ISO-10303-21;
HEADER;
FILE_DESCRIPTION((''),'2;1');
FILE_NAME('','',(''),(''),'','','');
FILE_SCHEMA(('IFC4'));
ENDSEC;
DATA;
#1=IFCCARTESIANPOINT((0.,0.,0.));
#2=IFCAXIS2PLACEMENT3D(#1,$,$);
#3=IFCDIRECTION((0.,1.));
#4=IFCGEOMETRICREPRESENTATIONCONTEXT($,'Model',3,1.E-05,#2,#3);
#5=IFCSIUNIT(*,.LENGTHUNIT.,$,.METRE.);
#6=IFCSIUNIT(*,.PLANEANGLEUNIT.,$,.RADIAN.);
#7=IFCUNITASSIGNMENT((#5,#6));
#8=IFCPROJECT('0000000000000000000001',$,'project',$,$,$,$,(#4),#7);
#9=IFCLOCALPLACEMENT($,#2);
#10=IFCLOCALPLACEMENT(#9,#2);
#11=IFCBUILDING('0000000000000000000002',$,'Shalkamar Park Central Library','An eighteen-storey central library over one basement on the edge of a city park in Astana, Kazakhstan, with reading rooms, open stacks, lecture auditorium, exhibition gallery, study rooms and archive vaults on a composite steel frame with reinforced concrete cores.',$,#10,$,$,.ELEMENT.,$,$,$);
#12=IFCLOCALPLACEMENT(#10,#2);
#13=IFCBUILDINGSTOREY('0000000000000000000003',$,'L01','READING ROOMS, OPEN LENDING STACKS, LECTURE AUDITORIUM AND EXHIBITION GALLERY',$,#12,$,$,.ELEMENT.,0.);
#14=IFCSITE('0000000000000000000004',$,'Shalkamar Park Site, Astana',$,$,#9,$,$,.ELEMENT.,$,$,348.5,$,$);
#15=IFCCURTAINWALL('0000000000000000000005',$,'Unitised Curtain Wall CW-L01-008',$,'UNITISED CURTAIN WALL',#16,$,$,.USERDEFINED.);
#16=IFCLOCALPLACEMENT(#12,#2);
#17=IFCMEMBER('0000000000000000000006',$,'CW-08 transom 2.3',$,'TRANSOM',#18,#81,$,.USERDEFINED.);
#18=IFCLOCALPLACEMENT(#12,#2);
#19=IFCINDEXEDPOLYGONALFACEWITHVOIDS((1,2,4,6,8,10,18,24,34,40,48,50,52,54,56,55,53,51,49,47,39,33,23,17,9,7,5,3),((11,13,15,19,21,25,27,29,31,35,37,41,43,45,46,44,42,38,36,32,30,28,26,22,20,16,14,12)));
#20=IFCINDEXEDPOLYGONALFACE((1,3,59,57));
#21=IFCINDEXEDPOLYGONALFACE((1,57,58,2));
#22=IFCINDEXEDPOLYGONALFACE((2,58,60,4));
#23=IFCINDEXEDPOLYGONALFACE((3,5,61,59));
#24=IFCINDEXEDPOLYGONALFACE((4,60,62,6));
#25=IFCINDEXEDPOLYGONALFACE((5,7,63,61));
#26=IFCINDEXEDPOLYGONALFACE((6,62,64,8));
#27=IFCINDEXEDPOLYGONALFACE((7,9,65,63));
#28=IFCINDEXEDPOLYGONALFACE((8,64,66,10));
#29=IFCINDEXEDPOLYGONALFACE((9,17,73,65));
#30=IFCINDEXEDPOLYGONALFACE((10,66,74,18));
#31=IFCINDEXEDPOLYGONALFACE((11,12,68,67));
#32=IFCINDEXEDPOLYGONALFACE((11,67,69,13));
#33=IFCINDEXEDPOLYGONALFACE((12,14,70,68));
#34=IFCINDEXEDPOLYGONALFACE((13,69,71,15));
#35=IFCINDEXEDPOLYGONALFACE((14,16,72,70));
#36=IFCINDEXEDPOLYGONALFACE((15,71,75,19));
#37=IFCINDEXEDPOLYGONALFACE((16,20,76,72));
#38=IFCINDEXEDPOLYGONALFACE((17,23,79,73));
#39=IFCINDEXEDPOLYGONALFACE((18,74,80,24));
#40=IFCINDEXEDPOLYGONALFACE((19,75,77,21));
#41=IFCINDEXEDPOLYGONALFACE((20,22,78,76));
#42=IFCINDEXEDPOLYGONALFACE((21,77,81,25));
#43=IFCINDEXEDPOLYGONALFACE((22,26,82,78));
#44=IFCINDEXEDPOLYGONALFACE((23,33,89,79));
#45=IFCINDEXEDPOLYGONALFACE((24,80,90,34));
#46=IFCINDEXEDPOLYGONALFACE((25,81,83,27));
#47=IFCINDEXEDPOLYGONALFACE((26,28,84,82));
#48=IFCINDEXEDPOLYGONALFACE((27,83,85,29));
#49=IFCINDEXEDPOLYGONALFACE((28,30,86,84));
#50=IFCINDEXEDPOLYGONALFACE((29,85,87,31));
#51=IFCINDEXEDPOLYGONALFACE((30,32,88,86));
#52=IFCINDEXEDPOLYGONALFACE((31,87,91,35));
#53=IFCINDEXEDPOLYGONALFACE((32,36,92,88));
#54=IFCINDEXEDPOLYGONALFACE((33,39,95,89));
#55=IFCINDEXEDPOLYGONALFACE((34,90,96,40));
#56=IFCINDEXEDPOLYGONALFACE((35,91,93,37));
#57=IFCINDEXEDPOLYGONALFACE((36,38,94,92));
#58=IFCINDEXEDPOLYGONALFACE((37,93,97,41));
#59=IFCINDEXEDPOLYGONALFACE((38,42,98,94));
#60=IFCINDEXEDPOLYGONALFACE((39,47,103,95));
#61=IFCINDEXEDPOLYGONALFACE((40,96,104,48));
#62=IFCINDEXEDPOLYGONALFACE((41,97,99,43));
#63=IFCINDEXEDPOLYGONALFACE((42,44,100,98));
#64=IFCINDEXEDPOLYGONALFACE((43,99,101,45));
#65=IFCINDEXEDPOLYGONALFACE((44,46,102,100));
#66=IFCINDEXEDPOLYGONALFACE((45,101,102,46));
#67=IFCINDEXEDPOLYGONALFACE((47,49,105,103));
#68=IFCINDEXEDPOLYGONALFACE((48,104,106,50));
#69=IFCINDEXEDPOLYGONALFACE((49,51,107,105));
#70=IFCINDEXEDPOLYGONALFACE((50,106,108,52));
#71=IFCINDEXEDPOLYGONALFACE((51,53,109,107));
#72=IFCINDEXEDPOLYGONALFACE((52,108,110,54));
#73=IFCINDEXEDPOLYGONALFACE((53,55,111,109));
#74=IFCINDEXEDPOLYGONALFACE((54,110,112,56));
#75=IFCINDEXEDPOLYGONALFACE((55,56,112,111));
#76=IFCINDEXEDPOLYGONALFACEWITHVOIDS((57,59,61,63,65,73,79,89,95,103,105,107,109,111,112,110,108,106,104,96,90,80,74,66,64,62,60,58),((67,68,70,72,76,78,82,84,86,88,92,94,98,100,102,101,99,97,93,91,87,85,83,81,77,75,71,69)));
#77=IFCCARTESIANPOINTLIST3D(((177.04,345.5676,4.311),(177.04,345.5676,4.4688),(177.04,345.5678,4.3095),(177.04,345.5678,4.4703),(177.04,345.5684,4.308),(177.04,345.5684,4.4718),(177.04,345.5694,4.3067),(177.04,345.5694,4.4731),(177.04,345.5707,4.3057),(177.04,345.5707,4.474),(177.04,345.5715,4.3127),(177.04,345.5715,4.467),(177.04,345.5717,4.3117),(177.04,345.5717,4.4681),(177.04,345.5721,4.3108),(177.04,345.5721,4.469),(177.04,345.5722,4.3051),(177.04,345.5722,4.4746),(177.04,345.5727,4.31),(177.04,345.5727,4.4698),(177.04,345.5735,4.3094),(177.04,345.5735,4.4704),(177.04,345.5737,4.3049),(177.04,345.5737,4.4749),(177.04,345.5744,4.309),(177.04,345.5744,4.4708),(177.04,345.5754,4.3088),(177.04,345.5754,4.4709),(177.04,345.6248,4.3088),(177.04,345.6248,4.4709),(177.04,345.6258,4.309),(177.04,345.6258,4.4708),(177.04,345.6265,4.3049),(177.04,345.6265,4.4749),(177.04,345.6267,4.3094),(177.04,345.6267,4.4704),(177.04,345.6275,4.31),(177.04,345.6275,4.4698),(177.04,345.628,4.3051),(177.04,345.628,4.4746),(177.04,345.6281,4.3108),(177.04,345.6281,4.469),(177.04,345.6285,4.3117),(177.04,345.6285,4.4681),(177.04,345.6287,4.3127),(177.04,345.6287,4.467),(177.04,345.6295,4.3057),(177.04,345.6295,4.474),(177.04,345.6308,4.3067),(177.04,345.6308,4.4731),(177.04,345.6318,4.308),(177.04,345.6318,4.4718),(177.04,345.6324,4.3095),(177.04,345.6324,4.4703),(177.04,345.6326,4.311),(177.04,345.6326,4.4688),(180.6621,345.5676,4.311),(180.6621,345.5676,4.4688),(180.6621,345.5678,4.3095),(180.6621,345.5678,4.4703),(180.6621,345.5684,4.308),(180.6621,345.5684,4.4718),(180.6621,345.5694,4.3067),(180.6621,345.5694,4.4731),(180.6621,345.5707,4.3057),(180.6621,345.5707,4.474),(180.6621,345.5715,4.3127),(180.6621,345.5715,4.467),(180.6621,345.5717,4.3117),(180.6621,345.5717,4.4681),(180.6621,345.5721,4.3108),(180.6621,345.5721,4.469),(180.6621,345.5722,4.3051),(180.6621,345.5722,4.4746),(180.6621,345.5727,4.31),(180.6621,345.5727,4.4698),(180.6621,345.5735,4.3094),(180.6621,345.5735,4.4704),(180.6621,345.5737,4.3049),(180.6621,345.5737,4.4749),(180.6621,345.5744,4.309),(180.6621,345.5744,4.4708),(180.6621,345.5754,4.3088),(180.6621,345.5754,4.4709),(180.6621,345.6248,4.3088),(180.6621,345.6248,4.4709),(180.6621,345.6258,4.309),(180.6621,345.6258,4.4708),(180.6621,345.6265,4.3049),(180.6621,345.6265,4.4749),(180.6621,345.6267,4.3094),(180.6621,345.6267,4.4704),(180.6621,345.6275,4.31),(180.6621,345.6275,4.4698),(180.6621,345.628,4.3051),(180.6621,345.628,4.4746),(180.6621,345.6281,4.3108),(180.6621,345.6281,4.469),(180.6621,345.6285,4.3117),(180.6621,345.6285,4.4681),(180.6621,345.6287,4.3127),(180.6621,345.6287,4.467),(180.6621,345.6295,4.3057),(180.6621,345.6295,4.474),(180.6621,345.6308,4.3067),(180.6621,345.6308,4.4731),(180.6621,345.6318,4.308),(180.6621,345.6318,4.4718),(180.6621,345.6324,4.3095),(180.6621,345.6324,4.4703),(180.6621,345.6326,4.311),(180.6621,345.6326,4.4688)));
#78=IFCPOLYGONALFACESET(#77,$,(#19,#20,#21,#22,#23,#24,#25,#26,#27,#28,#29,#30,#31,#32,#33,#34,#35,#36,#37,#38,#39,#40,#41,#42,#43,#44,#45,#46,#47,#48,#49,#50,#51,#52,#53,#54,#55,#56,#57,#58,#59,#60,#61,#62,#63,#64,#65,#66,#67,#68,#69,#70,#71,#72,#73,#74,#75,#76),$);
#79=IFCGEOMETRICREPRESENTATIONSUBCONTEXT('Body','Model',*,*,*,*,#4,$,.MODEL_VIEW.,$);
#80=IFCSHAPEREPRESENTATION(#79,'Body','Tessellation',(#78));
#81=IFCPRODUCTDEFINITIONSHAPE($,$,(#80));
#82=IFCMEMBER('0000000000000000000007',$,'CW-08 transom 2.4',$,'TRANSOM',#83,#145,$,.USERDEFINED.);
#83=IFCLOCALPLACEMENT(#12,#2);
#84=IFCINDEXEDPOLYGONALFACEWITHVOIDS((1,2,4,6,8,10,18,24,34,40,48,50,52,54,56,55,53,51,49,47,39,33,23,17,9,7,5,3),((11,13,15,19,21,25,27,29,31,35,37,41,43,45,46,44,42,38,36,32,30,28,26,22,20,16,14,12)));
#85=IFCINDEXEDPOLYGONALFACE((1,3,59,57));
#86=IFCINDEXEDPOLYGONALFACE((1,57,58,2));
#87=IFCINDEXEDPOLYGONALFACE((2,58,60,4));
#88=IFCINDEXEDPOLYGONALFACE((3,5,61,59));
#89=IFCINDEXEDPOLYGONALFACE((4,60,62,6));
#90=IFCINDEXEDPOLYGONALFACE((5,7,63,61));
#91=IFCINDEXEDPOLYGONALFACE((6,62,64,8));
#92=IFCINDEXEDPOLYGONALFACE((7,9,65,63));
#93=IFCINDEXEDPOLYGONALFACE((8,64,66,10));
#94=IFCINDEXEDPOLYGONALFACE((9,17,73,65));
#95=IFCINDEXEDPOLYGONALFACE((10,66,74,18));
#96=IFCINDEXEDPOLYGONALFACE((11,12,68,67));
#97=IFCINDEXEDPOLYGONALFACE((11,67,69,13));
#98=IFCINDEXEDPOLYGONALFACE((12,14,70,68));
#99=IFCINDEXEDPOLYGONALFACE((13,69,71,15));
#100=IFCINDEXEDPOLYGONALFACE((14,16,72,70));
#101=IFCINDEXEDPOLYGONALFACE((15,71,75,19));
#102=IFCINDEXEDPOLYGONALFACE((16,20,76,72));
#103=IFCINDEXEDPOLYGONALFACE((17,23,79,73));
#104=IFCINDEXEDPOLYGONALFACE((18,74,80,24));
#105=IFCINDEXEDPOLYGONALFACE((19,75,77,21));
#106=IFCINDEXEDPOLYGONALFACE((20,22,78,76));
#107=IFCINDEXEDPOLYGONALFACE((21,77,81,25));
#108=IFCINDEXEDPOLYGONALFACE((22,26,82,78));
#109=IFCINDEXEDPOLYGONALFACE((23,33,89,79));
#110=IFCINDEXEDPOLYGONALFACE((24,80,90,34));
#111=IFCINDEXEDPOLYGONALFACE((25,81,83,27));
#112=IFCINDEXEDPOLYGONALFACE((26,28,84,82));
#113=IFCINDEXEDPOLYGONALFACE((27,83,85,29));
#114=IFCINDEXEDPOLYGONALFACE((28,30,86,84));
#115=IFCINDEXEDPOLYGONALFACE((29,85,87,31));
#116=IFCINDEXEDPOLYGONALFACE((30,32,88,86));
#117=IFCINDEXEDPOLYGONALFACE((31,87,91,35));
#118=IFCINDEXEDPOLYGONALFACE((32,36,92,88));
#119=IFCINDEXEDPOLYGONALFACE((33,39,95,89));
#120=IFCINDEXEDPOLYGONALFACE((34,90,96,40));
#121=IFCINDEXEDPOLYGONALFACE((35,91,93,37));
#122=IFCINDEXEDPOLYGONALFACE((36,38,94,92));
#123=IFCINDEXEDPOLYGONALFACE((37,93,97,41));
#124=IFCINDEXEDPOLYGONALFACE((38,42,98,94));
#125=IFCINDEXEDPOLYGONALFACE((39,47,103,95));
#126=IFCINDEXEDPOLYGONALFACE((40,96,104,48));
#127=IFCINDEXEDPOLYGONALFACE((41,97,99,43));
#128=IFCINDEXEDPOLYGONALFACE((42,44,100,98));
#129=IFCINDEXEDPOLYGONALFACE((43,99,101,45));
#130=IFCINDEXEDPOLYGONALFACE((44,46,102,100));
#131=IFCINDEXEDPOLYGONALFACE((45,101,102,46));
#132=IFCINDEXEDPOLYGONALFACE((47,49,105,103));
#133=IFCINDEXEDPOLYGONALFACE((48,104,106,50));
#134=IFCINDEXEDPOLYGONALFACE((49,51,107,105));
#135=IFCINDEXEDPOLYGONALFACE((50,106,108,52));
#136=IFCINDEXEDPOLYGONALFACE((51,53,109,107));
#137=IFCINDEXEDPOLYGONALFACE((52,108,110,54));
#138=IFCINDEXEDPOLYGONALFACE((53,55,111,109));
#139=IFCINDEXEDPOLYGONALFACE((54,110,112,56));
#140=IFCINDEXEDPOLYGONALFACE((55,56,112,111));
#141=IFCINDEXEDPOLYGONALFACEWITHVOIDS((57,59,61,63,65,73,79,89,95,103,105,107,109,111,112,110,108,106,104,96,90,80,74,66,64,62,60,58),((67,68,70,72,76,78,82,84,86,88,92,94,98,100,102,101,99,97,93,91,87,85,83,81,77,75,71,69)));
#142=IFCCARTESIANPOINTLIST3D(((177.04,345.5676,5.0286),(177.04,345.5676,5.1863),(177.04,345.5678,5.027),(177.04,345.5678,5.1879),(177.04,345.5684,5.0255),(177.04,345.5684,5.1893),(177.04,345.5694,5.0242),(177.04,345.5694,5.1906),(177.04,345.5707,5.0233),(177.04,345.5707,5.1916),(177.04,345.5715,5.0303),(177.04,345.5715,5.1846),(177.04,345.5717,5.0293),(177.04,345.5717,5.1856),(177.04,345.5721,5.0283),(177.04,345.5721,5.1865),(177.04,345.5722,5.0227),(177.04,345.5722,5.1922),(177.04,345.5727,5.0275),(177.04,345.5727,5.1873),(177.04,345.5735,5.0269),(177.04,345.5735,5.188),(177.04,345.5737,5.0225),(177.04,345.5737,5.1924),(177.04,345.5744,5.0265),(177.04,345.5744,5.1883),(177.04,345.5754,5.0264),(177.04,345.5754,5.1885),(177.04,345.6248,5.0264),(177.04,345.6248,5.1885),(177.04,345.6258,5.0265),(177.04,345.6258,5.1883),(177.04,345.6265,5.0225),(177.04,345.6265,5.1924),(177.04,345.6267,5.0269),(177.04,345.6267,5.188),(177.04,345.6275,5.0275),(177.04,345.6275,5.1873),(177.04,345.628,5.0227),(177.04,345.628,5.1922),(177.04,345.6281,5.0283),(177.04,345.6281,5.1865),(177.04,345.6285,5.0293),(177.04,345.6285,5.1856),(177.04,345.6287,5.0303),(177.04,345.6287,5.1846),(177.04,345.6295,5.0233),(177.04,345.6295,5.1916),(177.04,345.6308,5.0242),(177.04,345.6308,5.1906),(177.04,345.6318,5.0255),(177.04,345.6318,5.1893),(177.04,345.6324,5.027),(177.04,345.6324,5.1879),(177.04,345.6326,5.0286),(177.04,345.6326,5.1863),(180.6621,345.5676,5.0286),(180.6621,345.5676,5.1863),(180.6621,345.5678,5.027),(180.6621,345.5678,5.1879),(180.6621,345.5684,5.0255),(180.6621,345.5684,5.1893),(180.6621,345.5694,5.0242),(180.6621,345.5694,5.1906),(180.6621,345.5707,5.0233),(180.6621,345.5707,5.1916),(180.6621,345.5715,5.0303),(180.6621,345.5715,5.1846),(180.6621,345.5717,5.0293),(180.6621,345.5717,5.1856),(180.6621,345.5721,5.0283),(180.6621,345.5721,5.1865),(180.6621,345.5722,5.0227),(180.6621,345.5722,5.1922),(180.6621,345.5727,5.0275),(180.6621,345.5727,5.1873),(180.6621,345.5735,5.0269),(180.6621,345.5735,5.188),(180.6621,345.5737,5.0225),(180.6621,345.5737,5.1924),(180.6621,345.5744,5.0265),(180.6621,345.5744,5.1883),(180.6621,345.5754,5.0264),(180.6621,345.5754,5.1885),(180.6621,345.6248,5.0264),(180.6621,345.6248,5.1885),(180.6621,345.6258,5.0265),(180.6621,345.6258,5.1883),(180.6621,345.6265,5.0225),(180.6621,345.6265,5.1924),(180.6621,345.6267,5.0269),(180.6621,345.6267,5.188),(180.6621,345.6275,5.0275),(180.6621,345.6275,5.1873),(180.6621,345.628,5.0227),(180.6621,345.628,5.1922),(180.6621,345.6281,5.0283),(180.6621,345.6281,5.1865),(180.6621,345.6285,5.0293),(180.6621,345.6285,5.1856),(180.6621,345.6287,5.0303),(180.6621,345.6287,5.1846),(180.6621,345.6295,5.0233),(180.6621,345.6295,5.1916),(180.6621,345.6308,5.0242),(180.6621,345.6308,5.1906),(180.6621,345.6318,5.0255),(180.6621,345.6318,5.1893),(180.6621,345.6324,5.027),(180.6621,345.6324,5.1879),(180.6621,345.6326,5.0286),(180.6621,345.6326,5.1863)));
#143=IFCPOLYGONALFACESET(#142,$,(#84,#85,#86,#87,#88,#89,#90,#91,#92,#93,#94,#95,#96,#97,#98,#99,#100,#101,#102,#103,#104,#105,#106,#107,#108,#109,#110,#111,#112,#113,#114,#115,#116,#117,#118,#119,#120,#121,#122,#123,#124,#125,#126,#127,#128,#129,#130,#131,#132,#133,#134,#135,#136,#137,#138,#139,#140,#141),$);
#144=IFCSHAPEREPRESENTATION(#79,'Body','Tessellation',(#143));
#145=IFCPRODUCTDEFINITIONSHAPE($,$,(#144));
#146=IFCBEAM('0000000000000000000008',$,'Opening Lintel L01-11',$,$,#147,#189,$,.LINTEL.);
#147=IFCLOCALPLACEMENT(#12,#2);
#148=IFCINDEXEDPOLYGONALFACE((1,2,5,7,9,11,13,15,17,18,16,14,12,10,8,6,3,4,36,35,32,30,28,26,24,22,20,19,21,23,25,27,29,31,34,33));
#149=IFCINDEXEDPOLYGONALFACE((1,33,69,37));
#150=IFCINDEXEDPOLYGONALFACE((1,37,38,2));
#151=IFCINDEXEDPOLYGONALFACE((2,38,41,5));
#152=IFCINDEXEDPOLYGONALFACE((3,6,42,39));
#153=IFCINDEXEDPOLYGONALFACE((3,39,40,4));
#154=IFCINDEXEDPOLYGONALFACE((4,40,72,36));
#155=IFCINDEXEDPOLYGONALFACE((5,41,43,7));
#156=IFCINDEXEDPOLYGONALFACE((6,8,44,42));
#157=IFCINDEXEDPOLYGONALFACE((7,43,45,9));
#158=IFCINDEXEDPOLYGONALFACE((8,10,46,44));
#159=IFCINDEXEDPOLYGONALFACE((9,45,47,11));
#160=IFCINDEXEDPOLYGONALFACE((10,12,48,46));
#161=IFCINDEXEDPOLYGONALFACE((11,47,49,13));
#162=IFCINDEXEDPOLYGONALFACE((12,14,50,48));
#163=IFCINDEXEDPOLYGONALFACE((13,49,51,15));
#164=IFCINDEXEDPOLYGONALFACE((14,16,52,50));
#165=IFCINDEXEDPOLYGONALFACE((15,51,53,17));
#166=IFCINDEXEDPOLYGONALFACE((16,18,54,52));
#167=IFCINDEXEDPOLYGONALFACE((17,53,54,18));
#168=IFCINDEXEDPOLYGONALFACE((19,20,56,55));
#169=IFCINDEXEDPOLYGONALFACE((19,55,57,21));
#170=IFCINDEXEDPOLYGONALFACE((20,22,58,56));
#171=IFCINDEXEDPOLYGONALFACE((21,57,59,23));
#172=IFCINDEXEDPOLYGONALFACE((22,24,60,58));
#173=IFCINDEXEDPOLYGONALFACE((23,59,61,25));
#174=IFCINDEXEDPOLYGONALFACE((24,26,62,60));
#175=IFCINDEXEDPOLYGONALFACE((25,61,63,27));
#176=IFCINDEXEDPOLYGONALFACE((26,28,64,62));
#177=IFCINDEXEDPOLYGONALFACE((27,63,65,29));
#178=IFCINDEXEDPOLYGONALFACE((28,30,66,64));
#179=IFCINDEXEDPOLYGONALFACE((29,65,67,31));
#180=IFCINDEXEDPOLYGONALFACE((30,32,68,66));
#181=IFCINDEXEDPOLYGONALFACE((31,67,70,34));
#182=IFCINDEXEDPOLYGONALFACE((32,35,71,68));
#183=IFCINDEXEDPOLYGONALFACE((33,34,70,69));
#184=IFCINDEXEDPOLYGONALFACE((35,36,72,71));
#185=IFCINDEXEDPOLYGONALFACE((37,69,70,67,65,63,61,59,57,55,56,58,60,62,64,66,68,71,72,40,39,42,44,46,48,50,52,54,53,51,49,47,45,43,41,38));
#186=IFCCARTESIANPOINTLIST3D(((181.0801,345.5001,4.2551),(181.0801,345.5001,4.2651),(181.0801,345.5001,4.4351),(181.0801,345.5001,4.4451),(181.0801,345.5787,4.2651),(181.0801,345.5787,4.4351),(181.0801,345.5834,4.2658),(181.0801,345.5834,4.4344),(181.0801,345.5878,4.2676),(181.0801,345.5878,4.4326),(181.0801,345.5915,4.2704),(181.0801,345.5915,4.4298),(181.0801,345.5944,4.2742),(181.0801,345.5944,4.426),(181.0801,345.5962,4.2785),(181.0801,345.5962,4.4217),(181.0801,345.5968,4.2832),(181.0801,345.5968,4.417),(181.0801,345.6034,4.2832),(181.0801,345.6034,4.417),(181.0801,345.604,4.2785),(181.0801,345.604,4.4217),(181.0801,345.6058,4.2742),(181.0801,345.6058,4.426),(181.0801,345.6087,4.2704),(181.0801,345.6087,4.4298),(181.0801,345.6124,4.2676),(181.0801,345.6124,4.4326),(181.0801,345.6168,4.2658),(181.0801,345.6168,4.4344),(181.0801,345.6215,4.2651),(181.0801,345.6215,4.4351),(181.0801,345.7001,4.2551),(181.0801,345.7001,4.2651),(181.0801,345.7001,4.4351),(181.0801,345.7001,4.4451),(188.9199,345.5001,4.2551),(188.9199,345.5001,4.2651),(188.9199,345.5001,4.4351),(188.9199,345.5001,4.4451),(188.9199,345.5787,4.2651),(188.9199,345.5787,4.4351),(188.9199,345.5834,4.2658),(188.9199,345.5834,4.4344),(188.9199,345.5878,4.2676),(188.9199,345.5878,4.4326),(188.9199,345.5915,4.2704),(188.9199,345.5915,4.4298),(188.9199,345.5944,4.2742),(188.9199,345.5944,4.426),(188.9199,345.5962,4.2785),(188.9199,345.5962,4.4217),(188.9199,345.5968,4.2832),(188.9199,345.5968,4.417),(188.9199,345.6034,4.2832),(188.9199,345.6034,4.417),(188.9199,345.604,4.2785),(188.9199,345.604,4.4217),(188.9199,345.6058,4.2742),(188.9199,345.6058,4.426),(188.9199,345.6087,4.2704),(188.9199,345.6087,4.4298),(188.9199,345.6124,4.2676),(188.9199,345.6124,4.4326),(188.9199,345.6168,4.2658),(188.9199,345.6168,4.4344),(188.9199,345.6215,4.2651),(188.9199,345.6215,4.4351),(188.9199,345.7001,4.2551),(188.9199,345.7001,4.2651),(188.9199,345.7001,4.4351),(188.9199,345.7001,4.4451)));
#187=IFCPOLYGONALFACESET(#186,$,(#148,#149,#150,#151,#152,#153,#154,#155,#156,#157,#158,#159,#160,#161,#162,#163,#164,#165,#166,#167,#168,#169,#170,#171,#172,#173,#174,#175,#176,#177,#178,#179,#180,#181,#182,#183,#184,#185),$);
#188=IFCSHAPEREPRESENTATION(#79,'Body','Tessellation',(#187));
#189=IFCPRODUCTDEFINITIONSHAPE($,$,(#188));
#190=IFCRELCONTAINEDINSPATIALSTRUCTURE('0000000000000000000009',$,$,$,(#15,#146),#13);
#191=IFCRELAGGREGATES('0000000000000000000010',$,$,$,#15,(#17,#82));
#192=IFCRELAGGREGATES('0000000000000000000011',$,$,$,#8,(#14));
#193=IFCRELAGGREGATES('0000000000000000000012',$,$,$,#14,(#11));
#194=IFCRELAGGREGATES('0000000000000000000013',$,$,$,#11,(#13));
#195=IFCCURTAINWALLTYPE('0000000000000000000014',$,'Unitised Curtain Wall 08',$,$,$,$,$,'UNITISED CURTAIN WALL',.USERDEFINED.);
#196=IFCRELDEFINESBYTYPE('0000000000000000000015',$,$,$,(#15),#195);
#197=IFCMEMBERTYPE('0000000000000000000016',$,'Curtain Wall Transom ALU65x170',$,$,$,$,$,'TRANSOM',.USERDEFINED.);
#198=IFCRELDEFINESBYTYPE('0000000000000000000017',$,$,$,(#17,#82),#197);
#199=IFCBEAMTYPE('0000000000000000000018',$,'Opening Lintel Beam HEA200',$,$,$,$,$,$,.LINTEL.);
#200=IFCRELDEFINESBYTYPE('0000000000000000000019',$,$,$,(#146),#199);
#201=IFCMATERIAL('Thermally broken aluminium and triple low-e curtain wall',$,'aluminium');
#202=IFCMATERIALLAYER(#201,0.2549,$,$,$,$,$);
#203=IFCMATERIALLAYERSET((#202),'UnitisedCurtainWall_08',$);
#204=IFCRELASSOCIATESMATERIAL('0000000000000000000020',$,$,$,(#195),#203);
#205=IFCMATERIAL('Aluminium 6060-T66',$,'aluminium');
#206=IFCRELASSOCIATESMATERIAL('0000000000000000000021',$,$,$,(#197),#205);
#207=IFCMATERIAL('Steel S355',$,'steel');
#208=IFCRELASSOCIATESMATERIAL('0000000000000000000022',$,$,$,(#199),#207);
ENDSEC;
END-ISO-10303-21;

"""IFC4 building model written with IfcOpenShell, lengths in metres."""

from ifc_helpers import new_model, si_unit, direction, frame, origin, origin_2d, place, context, subcontext, project, spatial, hollow_rectangle, i_section, extrude, material, layer, layer_set, material_profile, profile_set, type_object, element, aggregate, save


model = new_model("IFC4")

# Units and contexts
model_context = context("Model", 3, precision=1e-05, world=origin(), true_north=direction((0.0, 1.0)))
body_context = subcontext(model_context, "Body", "Model", "MODEL_VIEW")
ifc_project = project(units=[si_unit("LENGTHUNIT", "METRE"), si_unit("PLANEANGLEUNIT", "RADIAN")], contexts=[model_context])

# Site, building, storey
site_placement = place(None, origin())
site = spatial("IfcSite", under=ifc_project, at=site_placement, Name="Shalkamar Park Site, Astana", CompositionType="ELEMENT", RefElevation=348.5)
building_placement = place(site_placement, origin())
building = spatial("IfcBuilding", under=site, at=building_placement, Name="Shalkamar Park Central Library", Description="An eighteen-storey central library over one basement on the edge of a city park in Astana, Kazakhstan, with reading rooms, open stacks, lecture auditorium, exhibition gallery, study rooms and archive vaults on a composite steel frame with reinforced concrete cores.", CompositionType="ELEMENT")
storey_placement = place(building_placement, origin())
storey = spatial("IfcBuildingStorey", under=building, at=storey_placement, Name="L01", Description="READING ROOMS, OPEN LENDING STACKS, LECTURE AUDITORIUM AND EXHIBITION GALLERY", CompositionType="ELEMENT", Elevation=0.0)

# Shared definitions
ifc_material_1 = material(Name="Steel S355", Category="steel")

# Curtain wall, members
ifc_material_2 = material(Name="Thermally broken aluminium and triple low-e curtain wall", Category="aluminium")
ifc_layer_1 = layer(ifc_material_2, 0.2549)
ifc_layer_set_1 = layer_set([ifc_layer_1], Name="UnitisedCurtainWall_08")
curtain_wall_type = type_object("IfcCurtainWallType", Name="Unitised Curtain Wall 08", ElementType="UNITISED CURTAIN WALL", PredefinedType="USERDEFINED", material=ifc_layer_set_1)
curtain_wall_placement = place(storey_placement, origin())
curtain_wall = element("IfcCurtainWall", 1, at=curtain_wall_placement, inside=storey, type_object=curtain_wall_type, Name="Unitised Curtain Wall CW-L01-008", ObjectType="UNITISED CURTAIN WALL", PredefinedType="USERDEFINED")
ifc_material_3 = material(Name="Aluminium 6060-T66", Category="aluminium")
ifc_material_profile_1 = material_profile(ifc_material_3, hollow_rectangle(XDim=0.0649, YDim=0.1699, WallThickness=0.0039, InnerFilletRadius=0.0039, OuterFilletRadius=0.0061, at=origin_2d()), Name="ALU 65x170x4")
ifc_profile_set_1 = profile_set([ifc_material_profile_1], Name="Aluminium 6060-T66")
member_type_1 = type_object("IfcMemberType", Name="Curtain Wall Transom ALU65x170", ElementType="TRANSOM", PredefinedType="USERDEFINED", material=ifc_profile_set_1)
member_1_placement = place(storey_placement, frame((177.04, 345.6001, 4.3899), z_axis=(1.0, 0.0, 0.0), x_axis=(0.0, 1.0, 0.0)))
member_1 = element("IfcMember", 2, at=member_1_placement, type_object=member_type_1, Name="CW-08 transom 2.3", ObjectType="TRANSOM", PredefinedType="USERDEFINED", context=body_context, shape_type="SweptSolid", body=[
    extrude(hollow_rectangle(XDim=0.0649, YDim=0.1699, WallThickness=0.0039, InnerFilletRadius=0.0039, OuterFilletRadius=0.0061, at=origin_2d()), origin(), (0.0, 0.0, 1.0), 3.6221),
])
member_2_placement = place(storey_placement, frame((177.04, 345.6001, 5.1074), z_axis=(1.0, 0.0, 0.0), x_axis=(0.0, 1.0, 0.0)))
member_2 = element("IfcMember", 3, at=member_2_placement, type_object=member_type_1, Name="CW-08 transom 2.4", ObjectType="TRANSOM", PredefinedType="USERDEFINED", context=body_context, shape_type="SweptSolid", body=[
    extrude(hollow_rectangle(XDim=0.0649, YDim=0.1699, WallThickness=0.0039, InnerFilletRadius=0.0039, OuterFilletRadius=0.0061, at=origin_2d()), origin(), (0.0, 0.0, 1.0), 3.6221),
])

# Beam
ifc_material_profile_2 = material_profile(ifc_material_1, i_section(OverallWidth=0.2, OverallDepth=0.1899, WebThickness=0.0066, FlangeThickness=0.01, FilletRadius=0.0181, at=origin_2d()), Name="HEA 200")
ifc_profile_set_2 = profile_set([ifc_material_profile_2], Name="Steel S355")
beam_type_1 = type_object("IfcBeamType", Name="Opening Lintel Beam HEA200", PredefinedType="LINTEL", material=ifc_profile_set_2)
beam_1_placement = place(storey_placement, frame((181.0801, 345.6001, 4.3501), z_axis=(1.0, 0.0, 0.0), x_axis=(0.0, 1.0, 0.0)))
element("IfcBeam", 4, at=beam_1_placement, inside=storey, type_object=beam_type_1, Name="Opening Lintel L01-11", PredefinedType="LINTEL", context=body_context, shape_type="SweptSolid", body=[
    extrude(i_section(OverallWidth=0.2, OverallDepth=0.1899, WebThickness=0.0066, FlangeThickness=0.01, FilletRadius=0.0181, at=origin_2d()), origin(), (0.0, 0.0, 1.0), 7.8398),
])

aggregate(curtain_wall, [member_1, member_2])

save(model, "model.ifc")
